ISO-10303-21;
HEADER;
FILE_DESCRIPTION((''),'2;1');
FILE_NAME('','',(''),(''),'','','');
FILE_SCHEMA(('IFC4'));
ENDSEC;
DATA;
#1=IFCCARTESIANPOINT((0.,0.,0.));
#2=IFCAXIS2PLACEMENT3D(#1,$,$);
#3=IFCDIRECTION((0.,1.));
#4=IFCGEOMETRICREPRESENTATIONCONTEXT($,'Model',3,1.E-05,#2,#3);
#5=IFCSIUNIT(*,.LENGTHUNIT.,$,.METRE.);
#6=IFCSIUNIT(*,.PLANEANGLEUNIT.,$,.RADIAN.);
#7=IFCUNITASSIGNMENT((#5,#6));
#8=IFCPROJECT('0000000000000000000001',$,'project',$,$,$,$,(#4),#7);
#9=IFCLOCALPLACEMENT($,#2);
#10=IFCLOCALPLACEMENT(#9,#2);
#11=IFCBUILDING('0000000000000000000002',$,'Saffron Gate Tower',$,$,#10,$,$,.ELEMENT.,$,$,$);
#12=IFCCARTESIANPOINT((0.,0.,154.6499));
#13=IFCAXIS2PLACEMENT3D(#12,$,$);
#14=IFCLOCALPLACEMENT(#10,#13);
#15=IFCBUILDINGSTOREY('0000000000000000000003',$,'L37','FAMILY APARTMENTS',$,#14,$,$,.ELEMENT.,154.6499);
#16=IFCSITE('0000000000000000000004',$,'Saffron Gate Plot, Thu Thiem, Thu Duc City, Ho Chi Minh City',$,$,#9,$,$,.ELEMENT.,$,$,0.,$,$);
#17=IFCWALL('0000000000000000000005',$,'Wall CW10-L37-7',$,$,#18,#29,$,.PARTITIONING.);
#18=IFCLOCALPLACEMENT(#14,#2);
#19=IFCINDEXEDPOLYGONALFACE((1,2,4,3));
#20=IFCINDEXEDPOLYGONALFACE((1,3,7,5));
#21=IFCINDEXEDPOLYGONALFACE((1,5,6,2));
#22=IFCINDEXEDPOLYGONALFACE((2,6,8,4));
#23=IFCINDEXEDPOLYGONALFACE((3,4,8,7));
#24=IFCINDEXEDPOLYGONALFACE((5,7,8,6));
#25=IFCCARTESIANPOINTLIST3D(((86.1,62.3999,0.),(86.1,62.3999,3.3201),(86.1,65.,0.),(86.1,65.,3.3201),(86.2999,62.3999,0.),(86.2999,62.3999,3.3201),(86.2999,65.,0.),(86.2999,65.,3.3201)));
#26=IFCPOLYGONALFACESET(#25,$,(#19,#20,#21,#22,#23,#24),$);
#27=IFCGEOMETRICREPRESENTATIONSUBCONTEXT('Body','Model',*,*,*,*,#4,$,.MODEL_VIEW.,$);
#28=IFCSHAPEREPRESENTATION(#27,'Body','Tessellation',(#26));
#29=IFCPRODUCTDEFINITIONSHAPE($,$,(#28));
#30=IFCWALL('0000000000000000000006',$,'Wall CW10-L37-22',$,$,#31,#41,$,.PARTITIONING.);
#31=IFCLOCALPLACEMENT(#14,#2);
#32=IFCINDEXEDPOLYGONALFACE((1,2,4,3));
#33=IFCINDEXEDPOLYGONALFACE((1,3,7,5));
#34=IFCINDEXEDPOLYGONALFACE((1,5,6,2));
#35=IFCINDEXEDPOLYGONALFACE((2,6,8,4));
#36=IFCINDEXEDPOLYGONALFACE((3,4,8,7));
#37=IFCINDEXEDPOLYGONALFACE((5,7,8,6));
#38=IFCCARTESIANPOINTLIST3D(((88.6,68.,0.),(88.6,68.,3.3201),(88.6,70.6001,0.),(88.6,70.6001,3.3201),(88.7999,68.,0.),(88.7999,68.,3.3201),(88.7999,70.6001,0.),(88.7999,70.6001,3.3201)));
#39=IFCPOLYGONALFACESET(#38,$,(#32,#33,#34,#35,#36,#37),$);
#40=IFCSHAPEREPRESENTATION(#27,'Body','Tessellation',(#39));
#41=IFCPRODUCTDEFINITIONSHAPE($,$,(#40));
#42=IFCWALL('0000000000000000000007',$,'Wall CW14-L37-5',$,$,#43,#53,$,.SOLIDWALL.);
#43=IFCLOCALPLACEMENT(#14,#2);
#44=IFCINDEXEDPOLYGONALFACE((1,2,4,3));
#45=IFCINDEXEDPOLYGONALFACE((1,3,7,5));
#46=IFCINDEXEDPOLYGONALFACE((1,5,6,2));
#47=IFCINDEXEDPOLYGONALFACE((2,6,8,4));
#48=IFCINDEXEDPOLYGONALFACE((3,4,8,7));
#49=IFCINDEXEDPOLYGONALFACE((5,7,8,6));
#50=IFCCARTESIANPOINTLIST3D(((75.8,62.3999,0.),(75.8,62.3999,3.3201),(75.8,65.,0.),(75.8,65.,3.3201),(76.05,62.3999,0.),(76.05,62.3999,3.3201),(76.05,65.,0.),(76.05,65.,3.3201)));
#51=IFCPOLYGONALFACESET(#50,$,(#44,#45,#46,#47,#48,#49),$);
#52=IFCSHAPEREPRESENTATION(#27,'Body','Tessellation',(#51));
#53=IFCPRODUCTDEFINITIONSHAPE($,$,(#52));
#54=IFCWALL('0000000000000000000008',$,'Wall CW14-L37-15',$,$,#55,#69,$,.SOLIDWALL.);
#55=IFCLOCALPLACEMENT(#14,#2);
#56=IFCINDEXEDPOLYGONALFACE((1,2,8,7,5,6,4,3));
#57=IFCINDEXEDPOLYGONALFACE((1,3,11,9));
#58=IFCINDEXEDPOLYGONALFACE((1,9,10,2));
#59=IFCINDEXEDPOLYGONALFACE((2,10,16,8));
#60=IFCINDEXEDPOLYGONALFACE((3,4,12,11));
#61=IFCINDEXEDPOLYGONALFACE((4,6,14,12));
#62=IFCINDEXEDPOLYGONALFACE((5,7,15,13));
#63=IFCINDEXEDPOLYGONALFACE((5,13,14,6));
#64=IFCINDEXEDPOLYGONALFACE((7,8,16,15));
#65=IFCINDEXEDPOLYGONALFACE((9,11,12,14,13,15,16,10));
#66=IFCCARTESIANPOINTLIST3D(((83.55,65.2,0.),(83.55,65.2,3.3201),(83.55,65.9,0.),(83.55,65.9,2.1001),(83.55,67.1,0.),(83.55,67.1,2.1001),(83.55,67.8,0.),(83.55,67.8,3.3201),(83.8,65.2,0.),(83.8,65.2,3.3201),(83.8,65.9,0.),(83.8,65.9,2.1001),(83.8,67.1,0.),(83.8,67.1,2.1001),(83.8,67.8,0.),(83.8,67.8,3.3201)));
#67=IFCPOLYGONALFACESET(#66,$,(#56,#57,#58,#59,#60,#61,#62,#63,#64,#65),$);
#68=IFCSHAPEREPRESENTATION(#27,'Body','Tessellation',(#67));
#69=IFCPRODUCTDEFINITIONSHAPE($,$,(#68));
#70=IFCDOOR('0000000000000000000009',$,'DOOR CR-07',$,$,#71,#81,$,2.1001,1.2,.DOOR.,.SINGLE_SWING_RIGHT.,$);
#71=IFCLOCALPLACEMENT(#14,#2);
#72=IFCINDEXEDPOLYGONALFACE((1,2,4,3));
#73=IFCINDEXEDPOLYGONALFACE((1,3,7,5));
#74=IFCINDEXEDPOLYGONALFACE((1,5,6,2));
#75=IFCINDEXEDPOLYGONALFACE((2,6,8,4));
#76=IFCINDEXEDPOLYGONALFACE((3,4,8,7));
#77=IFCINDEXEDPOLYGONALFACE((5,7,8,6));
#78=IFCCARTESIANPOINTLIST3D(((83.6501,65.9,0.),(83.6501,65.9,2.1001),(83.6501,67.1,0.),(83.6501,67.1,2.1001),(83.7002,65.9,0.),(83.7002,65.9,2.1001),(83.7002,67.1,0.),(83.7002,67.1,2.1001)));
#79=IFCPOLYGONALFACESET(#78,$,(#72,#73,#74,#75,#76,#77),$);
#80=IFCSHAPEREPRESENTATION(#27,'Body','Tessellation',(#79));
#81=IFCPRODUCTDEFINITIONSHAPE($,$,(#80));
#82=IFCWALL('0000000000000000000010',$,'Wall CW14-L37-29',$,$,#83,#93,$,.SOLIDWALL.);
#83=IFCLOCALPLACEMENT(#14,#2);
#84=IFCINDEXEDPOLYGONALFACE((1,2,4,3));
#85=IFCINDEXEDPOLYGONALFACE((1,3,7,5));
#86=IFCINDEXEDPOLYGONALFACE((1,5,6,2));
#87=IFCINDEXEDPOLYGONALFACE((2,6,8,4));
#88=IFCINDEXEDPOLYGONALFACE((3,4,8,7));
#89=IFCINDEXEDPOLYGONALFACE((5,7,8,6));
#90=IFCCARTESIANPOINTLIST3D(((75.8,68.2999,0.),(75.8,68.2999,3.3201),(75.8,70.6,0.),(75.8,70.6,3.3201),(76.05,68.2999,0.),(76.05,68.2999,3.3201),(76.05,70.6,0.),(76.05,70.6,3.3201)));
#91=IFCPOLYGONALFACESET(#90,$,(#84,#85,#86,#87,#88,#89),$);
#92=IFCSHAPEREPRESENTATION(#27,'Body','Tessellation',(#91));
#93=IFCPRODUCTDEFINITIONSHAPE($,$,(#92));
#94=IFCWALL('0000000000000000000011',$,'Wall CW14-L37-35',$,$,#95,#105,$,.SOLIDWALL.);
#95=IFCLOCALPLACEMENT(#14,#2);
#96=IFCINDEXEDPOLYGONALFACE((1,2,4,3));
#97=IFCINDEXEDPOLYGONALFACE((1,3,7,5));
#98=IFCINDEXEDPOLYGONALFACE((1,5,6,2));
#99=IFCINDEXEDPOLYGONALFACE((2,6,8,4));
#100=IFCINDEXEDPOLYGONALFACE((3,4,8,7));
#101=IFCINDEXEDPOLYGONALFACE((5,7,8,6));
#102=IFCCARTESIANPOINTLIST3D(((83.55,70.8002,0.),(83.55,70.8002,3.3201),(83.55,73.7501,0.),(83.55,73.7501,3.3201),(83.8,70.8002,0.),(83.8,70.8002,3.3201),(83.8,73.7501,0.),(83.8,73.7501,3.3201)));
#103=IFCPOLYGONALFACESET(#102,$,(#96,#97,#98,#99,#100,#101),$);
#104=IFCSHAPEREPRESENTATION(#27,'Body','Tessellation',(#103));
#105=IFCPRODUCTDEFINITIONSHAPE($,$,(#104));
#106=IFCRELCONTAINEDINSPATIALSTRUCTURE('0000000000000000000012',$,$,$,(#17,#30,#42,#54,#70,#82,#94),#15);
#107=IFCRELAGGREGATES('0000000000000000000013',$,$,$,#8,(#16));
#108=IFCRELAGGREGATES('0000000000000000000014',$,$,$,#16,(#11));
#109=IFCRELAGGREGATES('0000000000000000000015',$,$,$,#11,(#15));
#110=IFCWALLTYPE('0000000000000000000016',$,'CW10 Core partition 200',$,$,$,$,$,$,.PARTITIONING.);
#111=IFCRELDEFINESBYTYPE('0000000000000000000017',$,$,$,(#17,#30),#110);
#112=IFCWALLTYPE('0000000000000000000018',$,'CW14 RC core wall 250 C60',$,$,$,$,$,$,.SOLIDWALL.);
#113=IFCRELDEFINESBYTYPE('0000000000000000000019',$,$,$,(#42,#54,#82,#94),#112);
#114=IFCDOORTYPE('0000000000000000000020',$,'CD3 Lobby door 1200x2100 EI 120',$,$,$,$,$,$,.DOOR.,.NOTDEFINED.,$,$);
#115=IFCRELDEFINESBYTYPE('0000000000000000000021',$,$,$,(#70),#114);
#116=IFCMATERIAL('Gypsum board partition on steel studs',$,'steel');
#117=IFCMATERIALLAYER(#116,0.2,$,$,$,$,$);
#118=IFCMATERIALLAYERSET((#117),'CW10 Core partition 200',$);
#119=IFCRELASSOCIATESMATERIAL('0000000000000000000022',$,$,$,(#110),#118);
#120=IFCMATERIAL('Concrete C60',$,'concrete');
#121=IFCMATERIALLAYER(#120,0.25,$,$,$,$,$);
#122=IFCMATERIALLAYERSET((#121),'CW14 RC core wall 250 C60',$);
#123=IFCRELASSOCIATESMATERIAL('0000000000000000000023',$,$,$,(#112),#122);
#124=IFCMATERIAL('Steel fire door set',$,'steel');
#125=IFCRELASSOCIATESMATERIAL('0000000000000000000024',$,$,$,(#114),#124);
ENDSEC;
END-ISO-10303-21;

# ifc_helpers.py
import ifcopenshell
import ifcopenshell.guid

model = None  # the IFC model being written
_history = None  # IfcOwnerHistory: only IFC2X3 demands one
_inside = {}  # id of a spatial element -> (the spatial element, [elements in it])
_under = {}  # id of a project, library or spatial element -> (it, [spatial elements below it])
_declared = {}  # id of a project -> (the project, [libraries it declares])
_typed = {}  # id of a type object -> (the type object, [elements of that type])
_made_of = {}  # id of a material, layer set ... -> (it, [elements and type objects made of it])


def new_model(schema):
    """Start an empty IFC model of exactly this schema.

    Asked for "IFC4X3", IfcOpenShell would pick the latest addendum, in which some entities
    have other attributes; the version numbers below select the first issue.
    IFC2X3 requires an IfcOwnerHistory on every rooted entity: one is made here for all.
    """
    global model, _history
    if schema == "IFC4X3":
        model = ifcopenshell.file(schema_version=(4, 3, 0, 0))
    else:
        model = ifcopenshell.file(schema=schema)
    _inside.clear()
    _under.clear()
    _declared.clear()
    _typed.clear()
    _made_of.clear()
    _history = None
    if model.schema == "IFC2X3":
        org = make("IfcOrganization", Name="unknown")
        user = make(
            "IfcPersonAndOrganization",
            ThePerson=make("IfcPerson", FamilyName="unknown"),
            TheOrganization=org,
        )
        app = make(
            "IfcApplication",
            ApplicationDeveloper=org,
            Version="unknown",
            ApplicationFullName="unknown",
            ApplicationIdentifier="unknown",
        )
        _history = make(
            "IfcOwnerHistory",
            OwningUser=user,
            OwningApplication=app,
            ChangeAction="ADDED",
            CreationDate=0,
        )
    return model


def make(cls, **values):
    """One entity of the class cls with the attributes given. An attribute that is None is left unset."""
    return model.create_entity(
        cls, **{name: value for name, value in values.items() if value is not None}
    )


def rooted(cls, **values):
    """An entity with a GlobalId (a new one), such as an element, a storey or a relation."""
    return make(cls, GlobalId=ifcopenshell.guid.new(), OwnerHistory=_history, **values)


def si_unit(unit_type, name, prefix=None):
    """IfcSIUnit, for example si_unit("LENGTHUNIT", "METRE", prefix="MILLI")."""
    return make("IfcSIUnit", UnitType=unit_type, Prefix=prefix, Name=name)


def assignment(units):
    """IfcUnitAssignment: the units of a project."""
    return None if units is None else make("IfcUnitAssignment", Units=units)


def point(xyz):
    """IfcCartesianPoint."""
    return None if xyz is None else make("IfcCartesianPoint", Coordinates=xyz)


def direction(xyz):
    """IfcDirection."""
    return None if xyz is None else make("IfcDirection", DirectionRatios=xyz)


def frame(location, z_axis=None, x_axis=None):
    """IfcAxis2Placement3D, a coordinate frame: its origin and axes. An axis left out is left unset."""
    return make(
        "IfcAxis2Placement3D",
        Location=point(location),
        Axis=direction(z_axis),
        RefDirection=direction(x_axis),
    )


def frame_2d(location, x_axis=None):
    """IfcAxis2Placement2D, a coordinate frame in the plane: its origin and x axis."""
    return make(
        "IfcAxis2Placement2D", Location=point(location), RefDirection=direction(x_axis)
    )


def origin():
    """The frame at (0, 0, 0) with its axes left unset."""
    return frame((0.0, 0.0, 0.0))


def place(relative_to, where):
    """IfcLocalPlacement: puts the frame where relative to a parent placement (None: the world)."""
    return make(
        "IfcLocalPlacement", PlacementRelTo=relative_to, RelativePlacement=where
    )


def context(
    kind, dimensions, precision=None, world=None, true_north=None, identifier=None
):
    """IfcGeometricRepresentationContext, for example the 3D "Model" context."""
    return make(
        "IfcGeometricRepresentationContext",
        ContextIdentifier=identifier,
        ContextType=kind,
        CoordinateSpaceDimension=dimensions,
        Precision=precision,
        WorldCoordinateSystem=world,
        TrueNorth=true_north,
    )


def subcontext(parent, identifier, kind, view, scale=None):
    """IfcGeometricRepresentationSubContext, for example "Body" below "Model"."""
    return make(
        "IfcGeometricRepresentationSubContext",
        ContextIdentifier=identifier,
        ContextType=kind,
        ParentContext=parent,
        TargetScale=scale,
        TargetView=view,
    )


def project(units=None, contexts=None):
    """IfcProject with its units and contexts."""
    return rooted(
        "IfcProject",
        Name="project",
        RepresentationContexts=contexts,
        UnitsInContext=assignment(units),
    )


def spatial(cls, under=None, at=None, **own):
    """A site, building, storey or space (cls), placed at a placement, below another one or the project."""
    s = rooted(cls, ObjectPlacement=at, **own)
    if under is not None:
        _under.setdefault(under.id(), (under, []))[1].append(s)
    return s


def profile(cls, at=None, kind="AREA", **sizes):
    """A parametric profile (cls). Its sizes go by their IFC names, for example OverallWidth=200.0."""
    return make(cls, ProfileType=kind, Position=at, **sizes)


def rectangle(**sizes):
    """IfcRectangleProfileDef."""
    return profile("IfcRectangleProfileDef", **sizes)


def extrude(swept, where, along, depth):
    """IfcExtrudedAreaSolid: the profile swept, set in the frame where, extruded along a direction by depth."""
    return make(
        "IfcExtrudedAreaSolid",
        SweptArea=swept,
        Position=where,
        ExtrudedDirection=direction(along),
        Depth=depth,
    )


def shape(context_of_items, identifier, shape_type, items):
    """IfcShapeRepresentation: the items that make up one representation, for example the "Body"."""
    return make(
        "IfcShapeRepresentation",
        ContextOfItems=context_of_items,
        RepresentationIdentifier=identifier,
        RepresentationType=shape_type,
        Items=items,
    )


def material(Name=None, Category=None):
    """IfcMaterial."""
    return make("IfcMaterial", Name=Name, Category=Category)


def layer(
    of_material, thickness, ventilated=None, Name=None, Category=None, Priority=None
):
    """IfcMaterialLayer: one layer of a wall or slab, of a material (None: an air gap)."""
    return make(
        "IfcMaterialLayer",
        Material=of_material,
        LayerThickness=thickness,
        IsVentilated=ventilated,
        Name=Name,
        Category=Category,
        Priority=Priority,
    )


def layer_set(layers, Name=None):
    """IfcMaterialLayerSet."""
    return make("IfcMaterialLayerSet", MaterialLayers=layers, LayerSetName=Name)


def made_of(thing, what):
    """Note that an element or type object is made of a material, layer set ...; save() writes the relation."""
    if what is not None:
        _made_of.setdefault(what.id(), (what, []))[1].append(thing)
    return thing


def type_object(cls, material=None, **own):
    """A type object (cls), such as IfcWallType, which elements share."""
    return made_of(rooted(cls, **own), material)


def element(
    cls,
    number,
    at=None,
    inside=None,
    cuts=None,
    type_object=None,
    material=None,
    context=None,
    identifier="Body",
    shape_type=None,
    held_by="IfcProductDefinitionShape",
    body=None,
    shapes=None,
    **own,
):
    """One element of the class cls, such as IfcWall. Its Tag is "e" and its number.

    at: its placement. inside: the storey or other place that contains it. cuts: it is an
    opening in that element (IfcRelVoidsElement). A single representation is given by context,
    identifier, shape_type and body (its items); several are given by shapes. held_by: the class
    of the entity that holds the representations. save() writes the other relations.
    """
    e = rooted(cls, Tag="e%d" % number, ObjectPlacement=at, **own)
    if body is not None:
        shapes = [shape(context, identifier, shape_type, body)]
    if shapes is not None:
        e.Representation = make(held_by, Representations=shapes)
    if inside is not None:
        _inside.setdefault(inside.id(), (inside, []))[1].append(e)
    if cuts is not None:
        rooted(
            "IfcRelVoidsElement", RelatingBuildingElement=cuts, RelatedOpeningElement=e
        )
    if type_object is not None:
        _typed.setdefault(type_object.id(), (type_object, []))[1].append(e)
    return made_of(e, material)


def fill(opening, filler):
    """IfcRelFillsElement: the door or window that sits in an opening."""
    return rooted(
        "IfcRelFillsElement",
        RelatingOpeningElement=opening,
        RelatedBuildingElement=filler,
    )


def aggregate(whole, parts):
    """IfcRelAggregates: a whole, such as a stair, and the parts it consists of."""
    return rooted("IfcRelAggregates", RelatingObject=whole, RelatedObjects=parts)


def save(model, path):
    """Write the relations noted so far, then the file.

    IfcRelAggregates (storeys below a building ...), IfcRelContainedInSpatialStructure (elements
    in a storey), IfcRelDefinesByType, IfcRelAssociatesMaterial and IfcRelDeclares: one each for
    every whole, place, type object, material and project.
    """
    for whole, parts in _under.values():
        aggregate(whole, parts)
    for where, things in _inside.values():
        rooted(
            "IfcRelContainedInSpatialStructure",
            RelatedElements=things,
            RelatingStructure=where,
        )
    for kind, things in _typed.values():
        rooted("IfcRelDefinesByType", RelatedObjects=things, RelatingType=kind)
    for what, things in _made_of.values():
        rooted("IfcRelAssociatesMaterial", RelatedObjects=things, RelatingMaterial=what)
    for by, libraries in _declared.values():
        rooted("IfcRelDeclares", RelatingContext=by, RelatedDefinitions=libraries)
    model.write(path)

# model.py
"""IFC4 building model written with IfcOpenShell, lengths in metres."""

from ifc_helpers import new_model, si_unit, direction, frame, frame_2d, origin, place, context, subcontext, project, spatial, rectangle, extrude, material, layer, layer_set, type_object, element, fill, save


model = new_model("IFC4")

# Units and contexts
model_context = context("Model", 3, precision=1e-05, world=origin(), true_north=direction((0.0, 1.0)))
body_context = subcontext(model_context, "Body", "Model", "MODEL_VIEW")
ifc_project = project(units=[si_unit("LENGTHUNIT", "METRE"), si_unit("PLANEANGLEUNIT", "RADIAN")], contexts=[model_context])

# Site, building, storey
site_placement = place(None, origin())
site = spatial("IfcSite", under=ifc_project, at=site_placement, Name="Saffron Gate Plot, Thu Thiem, Thu Duc City, Ho Chi Minh City", CompositionType="ELEMENT", RefElevation=0.0)
building_placement = place(site_placement, origin())
building = spatial("IfcBuilding", under=site, at=building_placement, Name="Saffron Gate Tower", CompositionType="ELEMENT")
storey_placement = place(building_placement, frame((0.0, 0.0, 154.6499)))
storey = spatial("IfcBuildingStorey", under=building, at=storey_placement, Name="L37", Description="FAMILY APARTMENTS", CompositionType="ELEMENT", Elevation=154.6499)

# Walls
ifc_material_1 = material(Name="Gypsum board partition on steel studs", Category="steel")
ifc_layer_1 = layer(ifc_material_1, 0.2)
ifc_layer_set_1 = layer_set([ifc_layer_1], Name="CW10 Core partition 200")
wall_type_1 = type_object("IfcWallType", Name="CW10 Core partition 200", PredefinedType="PARTITIONING", material=ifc_layer_set_1)
for number, where, z_axis, x_axis, name in (
    (1, (86.2, 62.3999, 0.0), (0.0, 0.0, 1.0), (0.0, 1.0, 0.0), "Wall CW10-L37-7"),
    (2, (88.7, 68.0, 0.0), (0.0, 0.0, 1.0), (0.0, 1.0, 0.0), "Wall CW10-L37-22"),
):
    element("IfcWall", number, at=place(storey_placement, frame(where, z_axis=z_axis, x_axis=x_axis)), inside=storey, type_object=wall_type_1, Name=name, PredefinedType="PARTITIONING", context=body_context, shape_type="SweptSolid", body=[
        extrude(rectangle(XDim=2.6001, YDim=0.2, at=frame_2d((1.3, 0.0))), origin(), (0.0, 0.0, 1.0), 3.3201),
    ])
ifc_material_2 = material(Name="Concrete C60", Category="concrete")
ifc_layer_2 = layer(ifc_material_2, 0.25)
ifc_layer_set_2 = layer_set([ifc_layer_2], Name="CW14 RC core wall 250 C60")
wall_type_2 = type_object("IfcWallType", Name="CW14 RC core wall 250 C60", PredefinedType="SOLIDWALL", material=ifc_layer_set_2)
wall_1_placement = place(storey_placement, frame((75.925, 62.3999, 0.0), z_axis=(0.0, 0.0, 1.0), x_axis=(0.0, 1.0, 0.0)))
element("IfcWall", 3, at=wall_1_placement, inside=storey, type_object=wall_type_2, Name="Wall CW14-L37-5", PredefinedType="SOLIDWALL", context=body_context, shape_type="SweptSolid", body=[
    extrude(rectangle(XDim=2.6001, YDim=0.25, at=frame_2d((1.3, 0.0))), origin(), (0.0, 0.0, 1.0), 3.3201),
])

# Wall, opening, door
wall_2_placement = place(storey_placement, frame((83.675, 65.2, 0.0), z_axis=(0.0, 0.0, 1.0), x_axis=(0.0, 1.0, 0.0)))
wall_2 = element("IfcWall", 4, at=wall_2_placement, inside=storey, type_object=wall_type_2, Name="Wall CW14-L37-15", PredefinedType="SOLIDWALL", context=body_context, shape_type="SweptSolid", body=[
    extrude(rectangle(XDim=2.6001, YDim=0.25, at=frame_2d((1.3, 0.0))), origin(), (0.0, 0.0, 1.0), 3.3201),
])
opening_1_placement = place(wall_2_placement, frame((0.7, 0.0, 0.0)))
opening_1 = element("IfcOpeningElement", 5, at=opening_1_placement, cuts=wall_2, PredefinedType="OPENING", context=body_context, shape_type="SweptSolid", body=[
    extrude(rectangle(XDim=1.2, YDim=2.1001, at=frame_2d((0.6001, 1.05))), frame((0.0, 0.135, 0.0), z_axis=(0.0, -1.0, 0.0), x_axis=(1.0, 0.0, 0.0)), (0.0, 0.0, 1.0), 0.27),
])
ifc_material_3 = material(Name="Steel fire door set", Category="steel")
door_type_1 = type_object("IfcDoorType", Name="CD3 Lobby door 1200x2100 EI 120", OperationType="NOTDEFINED", PredefinedType="DOOR", material=ifc_material_3)
door_1_placement = place(opening_1_placement, origin())
door_1 = element("IfcDoor", 6, at=door_1_placement, inside=storey, type_object=door_type_1, Name="DOOR CR-07", OperationType="SINGLE_SWING_RIGHT", OverallHeight=2.1001, OverallWidth=1.2, PredefinedType="DOOR", context=body_context, shape_type="SweptSolid", body=[
    extrude(rectangle(XDim=1.2, YDim=2.1001, at=frame_2d((0.6001, 1.05))), frame((0.0, 0.0249, 0.0), z_axis=(0.0, -1.0, 0.0), x_axis=(1.0, 0.0, 0.0)), (0.0, 0.0, 1.0), 0.05),
])
fill(opening_1, door_1)

# Walls
wall_3_placement = place(storey_placement, frame((75.925, 68.3, 0.0), z_axis=(0.0, 0.0, 1.0), x_axis=(0.0, 1.0, 0.0)))
element("IfcWall", 7, at=wall_3_placement, inside=storey, type_object=wall_type_2, Name="Wall CW14-L37-29", PredefinedType="SOLIDWALL", context=body_context, shape_type="SweptSolid", body=[
    extrude(rectangle(XDim=2.3, YDim=0.25, at=frame_2d((1.1499, 0.0))), origin(), (0.0, 0.0, 1.0), 3.3201),
])
wall_4_placement = place(storey_placement, frame((83.675, 70.8, 0.0), z_axis=(0.0, 0.0, 1.0), x_axis=(0.0, 1.0, 0.0)))
element("IfcWall", 8, at=wall_4_placement, inside=storey, type_object=wall_type_2, Name="Wall CW14-L37-35", PredefinedType="SOLIDWALL", context=body_context, shape_type="SweptSolid", body=[
    extrude(rectangle(XDim=2.95, YDim=0.25, at=frame_2d((1.4751, 0.0))), origin(), (0.0, 0.0, 1.0), 3.3201),
])

save(model, "model.ifc")
